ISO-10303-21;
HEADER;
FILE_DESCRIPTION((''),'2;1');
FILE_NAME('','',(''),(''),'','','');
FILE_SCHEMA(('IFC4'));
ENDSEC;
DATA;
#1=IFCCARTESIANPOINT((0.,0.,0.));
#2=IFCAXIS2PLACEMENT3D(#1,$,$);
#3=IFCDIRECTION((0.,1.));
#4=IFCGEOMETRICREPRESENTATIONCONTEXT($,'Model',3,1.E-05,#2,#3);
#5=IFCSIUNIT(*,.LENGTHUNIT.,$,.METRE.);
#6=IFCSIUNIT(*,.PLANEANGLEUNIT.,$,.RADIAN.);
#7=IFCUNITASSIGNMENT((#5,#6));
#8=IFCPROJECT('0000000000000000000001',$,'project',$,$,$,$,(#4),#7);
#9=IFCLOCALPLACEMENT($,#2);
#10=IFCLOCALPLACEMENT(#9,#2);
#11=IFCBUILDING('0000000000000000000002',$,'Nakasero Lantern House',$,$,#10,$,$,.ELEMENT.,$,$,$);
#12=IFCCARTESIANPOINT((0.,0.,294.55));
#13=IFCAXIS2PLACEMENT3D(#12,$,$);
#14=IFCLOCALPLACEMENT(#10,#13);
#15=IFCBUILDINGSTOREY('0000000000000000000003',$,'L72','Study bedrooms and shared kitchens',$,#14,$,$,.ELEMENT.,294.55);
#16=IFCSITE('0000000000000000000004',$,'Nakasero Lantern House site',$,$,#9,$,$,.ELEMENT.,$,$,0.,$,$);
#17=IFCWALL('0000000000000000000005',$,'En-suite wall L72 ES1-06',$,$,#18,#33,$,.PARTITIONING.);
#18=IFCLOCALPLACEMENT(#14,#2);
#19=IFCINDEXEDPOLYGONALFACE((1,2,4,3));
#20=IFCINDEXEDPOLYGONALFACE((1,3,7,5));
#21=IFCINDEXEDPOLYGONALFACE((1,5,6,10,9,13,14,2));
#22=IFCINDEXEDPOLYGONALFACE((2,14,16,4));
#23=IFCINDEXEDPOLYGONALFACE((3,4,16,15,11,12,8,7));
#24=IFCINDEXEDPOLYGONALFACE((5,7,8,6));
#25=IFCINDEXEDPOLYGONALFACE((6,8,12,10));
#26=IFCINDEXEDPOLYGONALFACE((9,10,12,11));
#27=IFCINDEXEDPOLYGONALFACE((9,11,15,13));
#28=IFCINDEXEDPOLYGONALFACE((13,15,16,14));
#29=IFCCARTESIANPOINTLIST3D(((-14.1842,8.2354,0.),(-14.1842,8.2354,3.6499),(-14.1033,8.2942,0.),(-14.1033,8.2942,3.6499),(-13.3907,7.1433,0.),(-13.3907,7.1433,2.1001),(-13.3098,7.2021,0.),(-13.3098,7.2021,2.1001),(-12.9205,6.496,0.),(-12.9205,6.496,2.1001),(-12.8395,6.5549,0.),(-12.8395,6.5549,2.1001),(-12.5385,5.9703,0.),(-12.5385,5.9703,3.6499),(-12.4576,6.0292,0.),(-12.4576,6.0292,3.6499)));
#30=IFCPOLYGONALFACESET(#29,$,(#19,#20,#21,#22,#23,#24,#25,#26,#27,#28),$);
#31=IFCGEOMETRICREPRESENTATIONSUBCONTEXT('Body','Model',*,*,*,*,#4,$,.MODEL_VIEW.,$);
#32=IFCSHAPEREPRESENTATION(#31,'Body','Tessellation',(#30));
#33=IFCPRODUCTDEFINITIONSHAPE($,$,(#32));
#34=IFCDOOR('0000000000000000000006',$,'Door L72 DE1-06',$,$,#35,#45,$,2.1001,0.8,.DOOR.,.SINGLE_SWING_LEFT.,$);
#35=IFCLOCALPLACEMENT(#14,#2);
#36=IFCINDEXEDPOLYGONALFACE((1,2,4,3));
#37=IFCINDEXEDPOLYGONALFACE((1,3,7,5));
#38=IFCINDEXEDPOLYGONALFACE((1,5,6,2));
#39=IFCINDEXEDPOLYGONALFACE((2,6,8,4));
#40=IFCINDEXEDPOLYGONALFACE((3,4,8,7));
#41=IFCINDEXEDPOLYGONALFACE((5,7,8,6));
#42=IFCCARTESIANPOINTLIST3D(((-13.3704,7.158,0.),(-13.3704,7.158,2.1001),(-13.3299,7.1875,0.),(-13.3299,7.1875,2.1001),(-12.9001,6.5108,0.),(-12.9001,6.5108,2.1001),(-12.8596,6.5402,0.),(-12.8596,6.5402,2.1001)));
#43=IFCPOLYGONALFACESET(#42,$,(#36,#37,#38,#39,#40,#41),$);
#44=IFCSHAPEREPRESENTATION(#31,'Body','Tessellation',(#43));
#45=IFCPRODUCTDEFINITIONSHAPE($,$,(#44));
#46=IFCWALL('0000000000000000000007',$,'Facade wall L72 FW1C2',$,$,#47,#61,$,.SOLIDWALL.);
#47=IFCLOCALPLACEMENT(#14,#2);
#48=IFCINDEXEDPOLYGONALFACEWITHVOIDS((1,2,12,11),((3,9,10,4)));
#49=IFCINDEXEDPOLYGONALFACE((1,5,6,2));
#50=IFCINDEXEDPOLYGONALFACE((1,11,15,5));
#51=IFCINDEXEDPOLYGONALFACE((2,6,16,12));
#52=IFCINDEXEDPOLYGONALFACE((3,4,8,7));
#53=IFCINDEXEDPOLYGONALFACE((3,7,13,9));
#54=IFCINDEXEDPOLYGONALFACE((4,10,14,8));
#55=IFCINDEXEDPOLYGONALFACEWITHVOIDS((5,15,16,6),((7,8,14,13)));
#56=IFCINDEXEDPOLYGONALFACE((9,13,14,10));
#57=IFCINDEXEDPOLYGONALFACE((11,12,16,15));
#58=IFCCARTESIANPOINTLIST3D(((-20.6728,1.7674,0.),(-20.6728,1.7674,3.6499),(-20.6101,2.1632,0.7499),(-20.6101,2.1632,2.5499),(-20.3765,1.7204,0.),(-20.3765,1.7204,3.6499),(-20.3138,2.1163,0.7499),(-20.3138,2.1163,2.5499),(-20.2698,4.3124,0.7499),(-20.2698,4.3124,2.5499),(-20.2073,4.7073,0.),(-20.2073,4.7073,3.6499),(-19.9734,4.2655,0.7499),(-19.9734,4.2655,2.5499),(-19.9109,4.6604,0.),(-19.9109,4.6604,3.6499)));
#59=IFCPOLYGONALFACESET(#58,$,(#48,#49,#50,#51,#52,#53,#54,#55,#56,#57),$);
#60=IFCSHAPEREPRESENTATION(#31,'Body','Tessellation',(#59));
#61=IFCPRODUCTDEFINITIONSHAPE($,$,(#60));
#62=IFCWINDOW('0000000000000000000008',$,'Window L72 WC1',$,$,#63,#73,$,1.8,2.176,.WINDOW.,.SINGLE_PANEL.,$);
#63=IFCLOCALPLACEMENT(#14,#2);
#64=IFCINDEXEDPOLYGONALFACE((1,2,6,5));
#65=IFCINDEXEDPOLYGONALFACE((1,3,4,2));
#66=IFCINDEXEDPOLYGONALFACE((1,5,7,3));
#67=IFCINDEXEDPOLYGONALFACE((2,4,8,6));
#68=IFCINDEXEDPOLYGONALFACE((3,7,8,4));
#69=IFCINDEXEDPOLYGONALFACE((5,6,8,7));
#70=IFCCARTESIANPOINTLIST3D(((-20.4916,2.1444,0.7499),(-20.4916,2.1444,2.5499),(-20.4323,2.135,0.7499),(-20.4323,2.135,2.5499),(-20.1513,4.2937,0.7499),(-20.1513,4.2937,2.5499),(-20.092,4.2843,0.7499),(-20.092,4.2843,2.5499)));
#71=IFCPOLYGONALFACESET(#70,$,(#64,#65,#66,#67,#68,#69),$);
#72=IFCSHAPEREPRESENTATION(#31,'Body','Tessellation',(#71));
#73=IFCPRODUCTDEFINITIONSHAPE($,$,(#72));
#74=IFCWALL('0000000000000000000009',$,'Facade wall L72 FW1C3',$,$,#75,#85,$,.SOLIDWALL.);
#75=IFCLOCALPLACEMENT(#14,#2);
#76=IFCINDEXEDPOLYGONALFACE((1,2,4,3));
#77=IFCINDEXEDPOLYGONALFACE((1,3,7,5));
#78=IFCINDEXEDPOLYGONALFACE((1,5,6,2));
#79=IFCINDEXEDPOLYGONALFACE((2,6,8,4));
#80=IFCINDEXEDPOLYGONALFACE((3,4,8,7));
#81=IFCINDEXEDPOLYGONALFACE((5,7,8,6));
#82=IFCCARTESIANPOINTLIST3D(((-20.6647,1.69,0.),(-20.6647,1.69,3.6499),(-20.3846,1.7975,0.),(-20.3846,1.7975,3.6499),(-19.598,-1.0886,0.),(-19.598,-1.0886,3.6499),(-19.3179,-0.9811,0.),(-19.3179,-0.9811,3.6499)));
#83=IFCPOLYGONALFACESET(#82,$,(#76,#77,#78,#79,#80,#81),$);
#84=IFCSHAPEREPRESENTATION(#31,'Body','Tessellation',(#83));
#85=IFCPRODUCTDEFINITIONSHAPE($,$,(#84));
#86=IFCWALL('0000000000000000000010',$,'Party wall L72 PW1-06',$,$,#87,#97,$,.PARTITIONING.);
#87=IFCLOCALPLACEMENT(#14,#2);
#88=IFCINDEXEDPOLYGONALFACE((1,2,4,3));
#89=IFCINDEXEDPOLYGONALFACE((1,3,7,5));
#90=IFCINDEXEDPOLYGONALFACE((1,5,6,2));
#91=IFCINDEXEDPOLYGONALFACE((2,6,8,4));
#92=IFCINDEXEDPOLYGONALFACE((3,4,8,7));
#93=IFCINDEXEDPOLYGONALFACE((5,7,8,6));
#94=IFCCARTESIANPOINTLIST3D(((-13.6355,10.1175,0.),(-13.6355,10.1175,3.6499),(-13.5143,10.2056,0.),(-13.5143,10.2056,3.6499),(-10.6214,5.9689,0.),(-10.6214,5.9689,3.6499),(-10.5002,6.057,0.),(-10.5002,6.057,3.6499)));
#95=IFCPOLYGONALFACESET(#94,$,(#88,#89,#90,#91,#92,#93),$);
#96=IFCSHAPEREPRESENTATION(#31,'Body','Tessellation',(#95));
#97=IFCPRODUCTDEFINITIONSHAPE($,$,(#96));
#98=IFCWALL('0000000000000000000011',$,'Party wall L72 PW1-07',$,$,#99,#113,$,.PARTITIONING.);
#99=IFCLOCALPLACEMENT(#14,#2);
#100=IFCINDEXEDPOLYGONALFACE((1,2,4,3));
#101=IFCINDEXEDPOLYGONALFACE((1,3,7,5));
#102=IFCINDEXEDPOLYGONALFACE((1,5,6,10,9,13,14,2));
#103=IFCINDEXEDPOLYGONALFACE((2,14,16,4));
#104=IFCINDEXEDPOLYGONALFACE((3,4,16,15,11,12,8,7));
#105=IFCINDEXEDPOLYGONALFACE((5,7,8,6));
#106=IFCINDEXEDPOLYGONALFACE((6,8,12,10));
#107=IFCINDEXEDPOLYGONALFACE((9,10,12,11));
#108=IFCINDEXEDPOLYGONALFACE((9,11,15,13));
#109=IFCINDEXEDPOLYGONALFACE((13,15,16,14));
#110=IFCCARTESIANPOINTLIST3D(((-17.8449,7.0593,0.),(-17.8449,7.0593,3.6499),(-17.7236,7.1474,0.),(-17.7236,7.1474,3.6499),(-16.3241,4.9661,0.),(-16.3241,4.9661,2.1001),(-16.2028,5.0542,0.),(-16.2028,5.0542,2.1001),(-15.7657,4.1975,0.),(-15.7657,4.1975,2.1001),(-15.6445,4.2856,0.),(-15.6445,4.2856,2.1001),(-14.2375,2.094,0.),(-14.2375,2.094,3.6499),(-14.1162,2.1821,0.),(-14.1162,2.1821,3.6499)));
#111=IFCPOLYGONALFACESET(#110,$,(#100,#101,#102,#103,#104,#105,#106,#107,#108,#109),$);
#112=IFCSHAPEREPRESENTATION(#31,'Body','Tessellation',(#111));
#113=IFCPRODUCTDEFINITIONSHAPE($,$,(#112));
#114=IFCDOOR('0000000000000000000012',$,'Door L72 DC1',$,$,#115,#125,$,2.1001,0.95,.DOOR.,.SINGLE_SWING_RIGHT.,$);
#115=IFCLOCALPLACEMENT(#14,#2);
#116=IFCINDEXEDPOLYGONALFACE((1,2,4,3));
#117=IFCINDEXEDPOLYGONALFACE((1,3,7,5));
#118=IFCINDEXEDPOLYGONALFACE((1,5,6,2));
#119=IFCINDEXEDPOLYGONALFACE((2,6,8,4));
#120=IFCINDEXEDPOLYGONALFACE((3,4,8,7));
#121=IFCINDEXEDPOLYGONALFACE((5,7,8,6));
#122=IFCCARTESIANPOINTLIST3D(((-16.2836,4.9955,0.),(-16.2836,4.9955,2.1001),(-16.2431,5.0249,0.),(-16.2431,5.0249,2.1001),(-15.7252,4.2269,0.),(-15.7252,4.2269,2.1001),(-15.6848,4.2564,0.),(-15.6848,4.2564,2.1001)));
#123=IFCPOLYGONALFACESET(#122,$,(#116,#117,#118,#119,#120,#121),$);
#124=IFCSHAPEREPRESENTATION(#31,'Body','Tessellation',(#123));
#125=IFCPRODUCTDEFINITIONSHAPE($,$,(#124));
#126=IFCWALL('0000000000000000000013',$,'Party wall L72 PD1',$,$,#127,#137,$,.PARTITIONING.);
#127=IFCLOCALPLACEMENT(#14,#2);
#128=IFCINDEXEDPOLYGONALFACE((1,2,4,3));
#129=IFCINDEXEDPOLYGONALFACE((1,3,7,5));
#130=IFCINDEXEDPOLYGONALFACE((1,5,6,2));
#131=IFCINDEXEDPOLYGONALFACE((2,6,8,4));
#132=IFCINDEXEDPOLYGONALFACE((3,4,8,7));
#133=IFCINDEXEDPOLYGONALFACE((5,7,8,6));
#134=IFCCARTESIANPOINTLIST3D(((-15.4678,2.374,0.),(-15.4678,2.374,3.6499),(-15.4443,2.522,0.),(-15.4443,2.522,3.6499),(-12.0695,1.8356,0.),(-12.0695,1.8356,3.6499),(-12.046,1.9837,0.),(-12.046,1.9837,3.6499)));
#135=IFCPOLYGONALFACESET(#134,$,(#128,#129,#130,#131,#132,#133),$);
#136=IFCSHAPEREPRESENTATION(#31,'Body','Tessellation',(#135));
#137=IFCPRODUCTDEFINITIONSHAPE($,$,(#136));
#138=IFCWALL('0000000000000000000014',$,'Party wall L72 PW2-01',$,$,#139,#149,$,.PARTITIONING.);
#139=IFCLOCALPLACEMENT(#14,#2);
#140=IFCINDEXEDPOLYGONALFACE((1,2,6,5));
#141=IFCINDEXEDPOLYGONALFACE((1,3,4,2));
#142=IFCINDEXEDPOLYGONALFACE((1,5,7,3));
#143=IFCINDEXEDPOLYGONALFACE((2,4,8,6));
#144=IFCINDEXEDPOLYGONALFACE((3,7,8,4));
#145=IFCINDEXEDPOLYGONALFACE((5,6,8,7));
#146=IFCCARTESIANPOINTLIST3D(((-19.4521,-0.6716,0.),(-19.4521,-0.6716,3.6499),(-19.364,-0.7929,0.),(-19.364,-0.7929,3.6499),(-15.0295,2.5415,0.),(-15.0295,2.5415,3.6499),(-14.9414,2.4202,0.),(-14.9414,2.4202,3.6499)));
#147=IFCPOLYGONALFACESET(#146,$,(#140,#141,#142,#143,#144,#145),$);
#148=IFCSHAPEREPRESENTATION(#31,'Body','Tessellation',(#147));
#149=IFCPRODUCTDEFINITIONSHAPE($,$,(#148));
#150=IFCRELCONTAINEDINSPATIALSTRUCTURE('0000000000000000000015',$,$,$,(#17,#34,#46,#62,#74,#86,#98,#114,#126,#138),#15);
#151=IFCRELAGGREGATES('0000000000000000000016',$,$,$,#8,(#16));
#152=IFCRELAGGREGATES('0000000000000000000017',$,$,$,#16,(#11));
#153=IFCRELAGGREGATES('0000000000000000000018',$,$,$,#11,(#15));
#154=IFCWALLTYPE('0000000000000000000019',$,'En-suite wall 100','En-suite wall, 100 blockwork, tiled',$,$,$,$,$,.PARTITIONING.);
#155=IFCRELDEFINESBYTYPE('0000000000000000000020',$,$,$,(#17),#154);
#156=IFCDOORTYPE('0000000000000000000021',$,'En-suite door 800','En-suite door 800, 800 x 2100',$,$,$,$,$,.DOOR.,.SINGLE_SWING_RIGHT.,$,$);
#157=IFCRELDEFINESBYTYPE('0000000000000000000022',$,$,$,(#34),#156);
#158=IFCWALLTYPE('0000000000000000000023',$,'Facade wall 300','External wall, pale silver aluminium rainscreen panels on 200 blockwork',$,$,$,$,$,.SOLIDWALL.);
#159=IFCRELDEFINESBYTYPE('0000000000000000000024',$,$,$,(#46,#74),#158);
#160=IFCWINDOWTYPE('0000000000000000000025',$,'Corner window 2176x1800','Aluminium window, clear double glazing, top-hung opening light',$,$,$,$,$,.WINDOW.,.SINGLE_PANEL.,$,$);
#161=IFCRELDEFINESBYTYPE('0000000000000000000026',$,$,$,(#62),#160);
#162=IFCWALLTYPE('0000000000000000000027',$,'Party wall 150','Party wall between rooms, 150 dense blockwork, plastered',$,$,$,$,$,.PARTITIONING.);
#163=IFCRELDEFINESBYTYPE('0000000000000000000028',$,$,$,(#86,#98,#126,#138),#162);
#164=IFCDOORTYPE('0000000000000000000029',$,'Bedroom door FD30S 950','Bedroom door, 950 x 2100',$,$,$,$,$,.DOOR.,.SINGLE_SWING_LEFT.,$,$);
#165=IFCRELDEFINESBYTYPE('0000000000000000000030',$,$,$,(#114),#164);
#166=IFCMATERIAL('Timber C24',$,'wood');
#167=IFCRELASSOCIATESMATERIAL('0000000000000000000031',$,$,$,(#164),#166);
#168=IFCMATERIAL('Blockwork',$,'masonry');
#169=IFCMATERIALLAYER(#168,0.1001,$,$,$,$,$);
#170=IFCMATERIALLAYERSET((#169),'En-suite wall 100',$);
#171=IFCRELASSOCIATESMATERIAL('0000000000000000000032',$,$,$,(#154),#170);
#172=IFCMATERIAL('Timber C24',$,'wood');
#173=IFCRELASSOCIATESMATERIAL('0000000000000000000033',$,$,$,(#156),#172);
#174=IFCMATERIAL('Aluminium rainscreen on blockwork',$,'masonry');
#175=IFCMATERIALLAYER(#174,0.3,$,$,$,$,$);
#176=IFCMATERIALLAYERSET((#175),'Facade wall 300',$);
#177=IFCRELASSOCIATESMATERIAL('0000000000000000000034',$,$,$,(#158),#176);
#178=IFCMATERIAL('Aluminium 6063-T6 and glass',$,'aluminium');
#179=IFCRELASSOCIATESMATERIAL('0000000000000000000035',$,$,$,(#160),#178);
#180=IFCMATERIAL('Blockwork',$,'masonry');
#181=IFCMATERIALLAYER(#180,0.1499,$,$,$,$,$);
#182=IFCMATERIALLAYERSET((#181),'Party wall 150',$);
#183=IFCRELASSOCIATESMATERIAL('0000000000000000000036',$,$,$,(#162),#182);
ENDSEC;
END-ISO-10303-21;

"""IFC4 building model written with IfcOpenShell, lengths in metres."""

from ifc_helpers import new_model, si_unit, direction, frame, frame_2d, origin, place, context, subcontext, project, spatial, rectangle, extrude, material, layer, layer_set, type_object, element, fill, save


model = new_model("IFC4")

# Units and contexts
model_context = context("Model", 3, precision=1e-05, world=origin(), true_north=direction((0.0, 1.0)))
body_context = subcontext(model_context, "Body", "Model", "MODEL_VIEW")
ifc_project = project(units=[si_unit("LENGTHUNIT", "METRE"), si_unit("PLANEANGLEUNIT", "RADIAN")], contexts=[model_context])

# Site, building, storey
site_placement = place(None, origin())
site = spatial("IfcSite", under=ifc_project, at=site_placement, Name="Nakasero Lantern House site", CompositionType="ELEMENT", RefElevation=0.0)
building_placement = place(site_placement, origin())
building = spatial("IfcBuilding", under=site, at=building_placement, Name="Nakasero Lantern House", CompositionType="ELEMENT")
storey_placement = place(building_placement, frame((0.0, 0.0, 294.55)))
storey = spatial("IfcBuildingStorey", under=building, at=storey_placement, Name="L72", Description="Study bedrooms and shared kitchens", CompositionType="ELEMENT", Elevation=294.55)

# Wall, opening, door
ifc_material_1 = material(Name="Timber C24", Category="wood")
door_type_1 = type_object("IfcDoorType", Name="Bedroom door FD30S 950", Description="Bedroom door, 950 x 2100", OperationType="SINGLE_SWING_LEFT", PredefinedType="DOOR", material=ifc_material_1)
ifc_material_2 = material(Name="Blockwork", Category="masonry")
ifc_layer_1 = layer(ifc_material_2, 0.1001)
ifc_layer_set_1 = layer_set([ifc_layer_1], Name="En-suite wall 100")
wall_type_1 = type_object("IfcWallType", Name="En-suite wall 100", Description="En-suite wall, 100 blockwork, tiled", PredefinedType="PARTITIONING", material=ifc_layer_set_1)
wall_1_placement = place(storey_placement, frame((-12.498, 5.9998, 0.0), z_axis=(0.0, 0.0, 1.0), x_axis=(-0.587793, 0.809011, 0.0)))
wall_1 = element("IfcWall", 1, at=wall_1_placement, inside=storey, type_object=wall_type_1, Name="En-suite wall L72 ES1-06", PredefinedType="PARTITIONING", context=body_context, shape_type="SweptSolid", body=[
    extrude(rectangle(XDim=2.7998, YDim=0.1001, at=frame_2d((1.3999, 0.0))), origin(), (0.0, 0.0, 1.0), 3.6499),
])
opening_1_placement = place(wall_1_placement, frame((0.6499, 0.0, 0.0)))
opening_1 = element("IfcOpeningElement", 2, at=opening_1_placement, cuts=wall_1, PredefinedType="OPENING", context=body_context, shape_type="SweptSolid", body=[
    extrude(rectangle(XDim=0.8, YDim=2.1001, at=frame_2d((0.3999, 1.05))), frame((0.0, 0.0701, 0.0), z_axis=(0.0, -1.0, 0.0), x_axis=(1.0, 0.0, 0.0)), (0.0, 0.0, 1.0), 0.1401),
])
ifc_material_3 = material(Name="Timber C24", Category="wood")
door_type_2 = type_object("IfcDoorType", Name="En-suite door 800", Description="En-suite door 800, 800 x 2100", OperationType="SINGLE_SWING_RIGHT", PredefinedType="DOOR", material=ifc_material_3)
door_1_placement = place(opening_1_placement, origin())
door_1 = element("IfcDoor", 3, at=door_1_placement, inside=storey, type_object=door_type_2, Name="Door L72 DE1-06", OperationType="SINGLE_SWING_LEFT", OverallHeight=2.1001, OverallWidth=0.8, PredefinedType="DOOR", context=body_context, shape_type="SweptSolid", body=[
    extrude(rectangle(XDim=0.8, YDim=2.1001, at=frame_2d((0.3999, 1.05))), frame((0.0, 0.0249, 0.0), z_axis=(0.0, -1.0, 0.0), x_axis=(1.0, 0.0, 0.0)), (0.0, 0.0, 1.0), 0.05),
])
fill(opening_1, door_1)

# Wall, opening, window
ifc_material_4 = material(Name="Aluminium rainscreen on blockwork", Category="masonry")
ifc_layer_2 = layer(ifc_material_4, 0.3)
ifc_layer_set_2 = layer_set([ifc_layer_2], Name="Facade wall 300")
wall_type_2 = type_object("IfcWallType", Name="Facade wall 300", Description="External wall, pale silver aluminium rainscreen panels on 200 blockwork", PredefinedType="SOLIDWALL", material=ifc_layer_set_2)
wall_2_placement = place(storey_placement, frame((-20.0591, 4.6838, 0.0), z_axis=(0.0, 0.0, 1.0), x_axis=(-0.156413, -0.987692, 0.0)))
wall_2 = element("IfcWall", 4, at=wall_2_placement, inside=storey, type_object=wall_type_2, Name="Facade wall L72 FW1C2", PredefinedType="SOLIDWALL", context=body_context, shape_type="SweptSolid", body=[
    extrude(rectangle(XDim=2.9766, YDim=0.3, at=frame_2d((1.4883, 0.0))), origin(), (0.0, 0.0, 1.0), 3.6499),
])
opening_2_placement = place(wall_2_placement, frame((0.3999, 0.0, 0.75)))
opening_2 = element("IfcOpeningElement", 5, at=opening_2_placement, cuts=wall_2, PredefinedType="OPENING", context=body_context, shape_type="SweptSolid", body=[
    extrude(rectangle(XDim=2.176, YDim=1.8, at=frame_2d((1.0879, 0.8999))), frame((0.0, 0.1699, 0.0), z_axis=(0.0, -1.0, 0.0), x_axis=(1.0, 0.0, 0.0)), (0.0, 0.0, 1.0), 0.3401),
])
ifc_material_5 = material(Name="Aluminium 6063-T6 and glass", Category="aluminium")
window_type = type_object("IfcWindowType", Name="Corner window 2176x1800", Description="Aluminium window, clear double glazing, top-hung opening light", PartitioningType="SINGLE_PANEL", PredefinedType="WINDOW", material=ifc_material_5)
window_placement = place(opening_2_placement, origin())
window = element("IfcWindow", 6, at=window_placement, inside=storey, type_object=window_type, Name="Window L72 WC1", OverallHeight=1.8, OverallWidth=2.176, PartitioningType="SINGLE_PANEL", PredefinedType="WINDOW", context=body_context, shape_type="SweptSolid", body=[
    extrude(rectangle(XDim=2.176, YDim=1.8, at=frame_2d((1.0879, 0.8999))), frame((0.0, 0.03, 0.0), z_axis=(0.0, -1.0, 0.0), x_axis=(1.0, 0.0, 0.0)), (0.0, 0.0, 1.0), 0.0601),
])
fill(opening_2, window)

# Walls
wall_3_placement = place(storey_placement, frame((-20.5247, 1.7439, 0.0), z_axis=(0.0, 0.0, 1.0), x_axis=(0.358385, -0.933574, 0.0)))
element("IfcWall", 7, at=wall_3_placement, inside=storey, type_object=wall_type_2, Name="Facade wall L72 FW1C3", PredefinedType="SOLIDWALL", context=body_context, shape_type="SweptSolid", body=[
    extrude(rectangle(XDim=2.9763, YDim=0.3, at=frame_2d((1.4883, 0.0))), origin(), (0.0, 0.0, 1.0), 3.6499),
])
ifc_material_6 = material(Name="Blockwork", Category="masonry")
ifc_layer_3 = layer(ifc_material_6, 0.1499)
ifc_layer_set_3 = layer_set([ifc_layer_3], Name="Party wall 150")
wall_type_3 = type_object("IfcWallType", Name="Party wall 150", Description="Party wall between rooms, 150 dense blockwork, plastered", PredefinedType="PARTITIONING", material=ifc_layer_set_3)
wall_4_placement = place(storey_placement, frame((-10.5608, 6.0129, 0.0), z_axis=(0.0, 0.0, 1.0), x_axis=(-0.587781, 0.80902, 0.0)))
element("IfcWall", 8, at=wall_4_placement, inside=storey, type_object=wall_type_3, Name="Party wall L72 PW1-06", PredefinedType="PARTITIONING", context=body_context, shape_type="SweptSolid", body=[
    extrude(rectangle(XDim=5.1279, YDim=0.1499, at=frame_2d((2.564, 0.0))), origin(), (0.0, 0.0, 1.0), 3.6499),
])

# Wall, opening, door
wall_5_placement = place(storey_placement, frame((-14.1768, 2.1379, 0.0), z_axis=(0.0, 0.0, 1.0), x_axis=(-0.587774, 0.809025, 0.0)))
wall_5 = element("IfcWall", 9, at=wall_5_placement, inside=storey, type_object=wall_type_3, Name="Party wall L72 PW1-07", PredefinedType="PARTITIONING", context=body_context, shape_type="SweptSolid", body=[
    extrude(rectangle(XDim=6.1375, YDim=0.1499, at=frame_2d((3.0688, 0.0))), origin(), (0.0, 0.0, 1.0), 3.6499),
])
opening_3_placement = place(wall_5_placement, frame((2.6001, 0.0, 0.0)))
opening_3 = element("IfcOpeningElement", 10, at=opening_3_placement, cuts=wall_5, PredefinedType="OPENING", context=body_context, shape_type="SweptSolid", body=[
    extrude(rectangle(XDim=0.95, YDim=2.1001, at=frame_2d((0.4751, 1.05))), frame((0.0, 0.095, 0.0), z_axis=(0.0, -1.0, 0.0), x_axis=(1.0, 0.0, 0.0)), (0.0, 0.0, 1.0), 0.1899),
])
door_2_placement = place(opening_3_placement, origin())
door_2 = element("IfcDoor", 11, at=door_2_placement, inside=storey, type_object=door_type_1, Name="Door L72 DC1", OperationType="SINGLE_SWING_RIGHT", OverallHeight=2.1001, OverallWidth=0.95, PredefinedType="DOOR", context=body_context, shape_type="SweptSolid", body=[
    extrude(rectangle(XDim=0.95, YDim=2.1001, at=frame_2d((0.4751, 1.05))), frame((0.0, 0.0249, 0.0), z_axis=(0.0, -1.0, 0.0), x_axis=(1.0, 0.0, 0.0)), (0.0, 0.0, 1.0), 0.05),
])
fill(opening_3, door_2)

# Walls
wall_6_placement = place(storey_placement, frame((-12.0579, 1.9097, 0.0), z_axis=(0.0, 0.0, 1.0), x_axis=(-0.987683, 0.156465, 0.0)))
element("IfcWall", 12, at=wall_6_placement, inside=storey, type_object=wall_type_3, Name="Party wall L72 PD1", PredefinedType="PARTITIONING", context=body_context, shape_type="SweptSolid", body=[
    extrude(rectangle(XDim=3.4407, YDim=0.1499, at=frame_2d((1.7202, 0.0))), origin(), (0.0, 0.0, 1.0), 3.6499),
])
wall_7_placement = place(storey_placement, frame((-14.9854, 2.481, 0.0), z_axis=(0.0, 0.0, 1.0), x_axis=(-0.809024, -0.587776, 0.0)))
element("IfcWall", 13, at=wall_7_placement, inside=storey, type_object=wall_type_3, Name="Party wall L72 PW2-01", PredefinedType="PARTITIONING", context=body_context, shape_type="SweptSolid", body=[
    extrude(rectangle(XDim=5.4666, YDim=0.1499, at=frame_2d((2.7334, 0.0))), origin(), (0.0, 0.0, 1.0), 3.6499),
])

save(model, "model.ifc")
